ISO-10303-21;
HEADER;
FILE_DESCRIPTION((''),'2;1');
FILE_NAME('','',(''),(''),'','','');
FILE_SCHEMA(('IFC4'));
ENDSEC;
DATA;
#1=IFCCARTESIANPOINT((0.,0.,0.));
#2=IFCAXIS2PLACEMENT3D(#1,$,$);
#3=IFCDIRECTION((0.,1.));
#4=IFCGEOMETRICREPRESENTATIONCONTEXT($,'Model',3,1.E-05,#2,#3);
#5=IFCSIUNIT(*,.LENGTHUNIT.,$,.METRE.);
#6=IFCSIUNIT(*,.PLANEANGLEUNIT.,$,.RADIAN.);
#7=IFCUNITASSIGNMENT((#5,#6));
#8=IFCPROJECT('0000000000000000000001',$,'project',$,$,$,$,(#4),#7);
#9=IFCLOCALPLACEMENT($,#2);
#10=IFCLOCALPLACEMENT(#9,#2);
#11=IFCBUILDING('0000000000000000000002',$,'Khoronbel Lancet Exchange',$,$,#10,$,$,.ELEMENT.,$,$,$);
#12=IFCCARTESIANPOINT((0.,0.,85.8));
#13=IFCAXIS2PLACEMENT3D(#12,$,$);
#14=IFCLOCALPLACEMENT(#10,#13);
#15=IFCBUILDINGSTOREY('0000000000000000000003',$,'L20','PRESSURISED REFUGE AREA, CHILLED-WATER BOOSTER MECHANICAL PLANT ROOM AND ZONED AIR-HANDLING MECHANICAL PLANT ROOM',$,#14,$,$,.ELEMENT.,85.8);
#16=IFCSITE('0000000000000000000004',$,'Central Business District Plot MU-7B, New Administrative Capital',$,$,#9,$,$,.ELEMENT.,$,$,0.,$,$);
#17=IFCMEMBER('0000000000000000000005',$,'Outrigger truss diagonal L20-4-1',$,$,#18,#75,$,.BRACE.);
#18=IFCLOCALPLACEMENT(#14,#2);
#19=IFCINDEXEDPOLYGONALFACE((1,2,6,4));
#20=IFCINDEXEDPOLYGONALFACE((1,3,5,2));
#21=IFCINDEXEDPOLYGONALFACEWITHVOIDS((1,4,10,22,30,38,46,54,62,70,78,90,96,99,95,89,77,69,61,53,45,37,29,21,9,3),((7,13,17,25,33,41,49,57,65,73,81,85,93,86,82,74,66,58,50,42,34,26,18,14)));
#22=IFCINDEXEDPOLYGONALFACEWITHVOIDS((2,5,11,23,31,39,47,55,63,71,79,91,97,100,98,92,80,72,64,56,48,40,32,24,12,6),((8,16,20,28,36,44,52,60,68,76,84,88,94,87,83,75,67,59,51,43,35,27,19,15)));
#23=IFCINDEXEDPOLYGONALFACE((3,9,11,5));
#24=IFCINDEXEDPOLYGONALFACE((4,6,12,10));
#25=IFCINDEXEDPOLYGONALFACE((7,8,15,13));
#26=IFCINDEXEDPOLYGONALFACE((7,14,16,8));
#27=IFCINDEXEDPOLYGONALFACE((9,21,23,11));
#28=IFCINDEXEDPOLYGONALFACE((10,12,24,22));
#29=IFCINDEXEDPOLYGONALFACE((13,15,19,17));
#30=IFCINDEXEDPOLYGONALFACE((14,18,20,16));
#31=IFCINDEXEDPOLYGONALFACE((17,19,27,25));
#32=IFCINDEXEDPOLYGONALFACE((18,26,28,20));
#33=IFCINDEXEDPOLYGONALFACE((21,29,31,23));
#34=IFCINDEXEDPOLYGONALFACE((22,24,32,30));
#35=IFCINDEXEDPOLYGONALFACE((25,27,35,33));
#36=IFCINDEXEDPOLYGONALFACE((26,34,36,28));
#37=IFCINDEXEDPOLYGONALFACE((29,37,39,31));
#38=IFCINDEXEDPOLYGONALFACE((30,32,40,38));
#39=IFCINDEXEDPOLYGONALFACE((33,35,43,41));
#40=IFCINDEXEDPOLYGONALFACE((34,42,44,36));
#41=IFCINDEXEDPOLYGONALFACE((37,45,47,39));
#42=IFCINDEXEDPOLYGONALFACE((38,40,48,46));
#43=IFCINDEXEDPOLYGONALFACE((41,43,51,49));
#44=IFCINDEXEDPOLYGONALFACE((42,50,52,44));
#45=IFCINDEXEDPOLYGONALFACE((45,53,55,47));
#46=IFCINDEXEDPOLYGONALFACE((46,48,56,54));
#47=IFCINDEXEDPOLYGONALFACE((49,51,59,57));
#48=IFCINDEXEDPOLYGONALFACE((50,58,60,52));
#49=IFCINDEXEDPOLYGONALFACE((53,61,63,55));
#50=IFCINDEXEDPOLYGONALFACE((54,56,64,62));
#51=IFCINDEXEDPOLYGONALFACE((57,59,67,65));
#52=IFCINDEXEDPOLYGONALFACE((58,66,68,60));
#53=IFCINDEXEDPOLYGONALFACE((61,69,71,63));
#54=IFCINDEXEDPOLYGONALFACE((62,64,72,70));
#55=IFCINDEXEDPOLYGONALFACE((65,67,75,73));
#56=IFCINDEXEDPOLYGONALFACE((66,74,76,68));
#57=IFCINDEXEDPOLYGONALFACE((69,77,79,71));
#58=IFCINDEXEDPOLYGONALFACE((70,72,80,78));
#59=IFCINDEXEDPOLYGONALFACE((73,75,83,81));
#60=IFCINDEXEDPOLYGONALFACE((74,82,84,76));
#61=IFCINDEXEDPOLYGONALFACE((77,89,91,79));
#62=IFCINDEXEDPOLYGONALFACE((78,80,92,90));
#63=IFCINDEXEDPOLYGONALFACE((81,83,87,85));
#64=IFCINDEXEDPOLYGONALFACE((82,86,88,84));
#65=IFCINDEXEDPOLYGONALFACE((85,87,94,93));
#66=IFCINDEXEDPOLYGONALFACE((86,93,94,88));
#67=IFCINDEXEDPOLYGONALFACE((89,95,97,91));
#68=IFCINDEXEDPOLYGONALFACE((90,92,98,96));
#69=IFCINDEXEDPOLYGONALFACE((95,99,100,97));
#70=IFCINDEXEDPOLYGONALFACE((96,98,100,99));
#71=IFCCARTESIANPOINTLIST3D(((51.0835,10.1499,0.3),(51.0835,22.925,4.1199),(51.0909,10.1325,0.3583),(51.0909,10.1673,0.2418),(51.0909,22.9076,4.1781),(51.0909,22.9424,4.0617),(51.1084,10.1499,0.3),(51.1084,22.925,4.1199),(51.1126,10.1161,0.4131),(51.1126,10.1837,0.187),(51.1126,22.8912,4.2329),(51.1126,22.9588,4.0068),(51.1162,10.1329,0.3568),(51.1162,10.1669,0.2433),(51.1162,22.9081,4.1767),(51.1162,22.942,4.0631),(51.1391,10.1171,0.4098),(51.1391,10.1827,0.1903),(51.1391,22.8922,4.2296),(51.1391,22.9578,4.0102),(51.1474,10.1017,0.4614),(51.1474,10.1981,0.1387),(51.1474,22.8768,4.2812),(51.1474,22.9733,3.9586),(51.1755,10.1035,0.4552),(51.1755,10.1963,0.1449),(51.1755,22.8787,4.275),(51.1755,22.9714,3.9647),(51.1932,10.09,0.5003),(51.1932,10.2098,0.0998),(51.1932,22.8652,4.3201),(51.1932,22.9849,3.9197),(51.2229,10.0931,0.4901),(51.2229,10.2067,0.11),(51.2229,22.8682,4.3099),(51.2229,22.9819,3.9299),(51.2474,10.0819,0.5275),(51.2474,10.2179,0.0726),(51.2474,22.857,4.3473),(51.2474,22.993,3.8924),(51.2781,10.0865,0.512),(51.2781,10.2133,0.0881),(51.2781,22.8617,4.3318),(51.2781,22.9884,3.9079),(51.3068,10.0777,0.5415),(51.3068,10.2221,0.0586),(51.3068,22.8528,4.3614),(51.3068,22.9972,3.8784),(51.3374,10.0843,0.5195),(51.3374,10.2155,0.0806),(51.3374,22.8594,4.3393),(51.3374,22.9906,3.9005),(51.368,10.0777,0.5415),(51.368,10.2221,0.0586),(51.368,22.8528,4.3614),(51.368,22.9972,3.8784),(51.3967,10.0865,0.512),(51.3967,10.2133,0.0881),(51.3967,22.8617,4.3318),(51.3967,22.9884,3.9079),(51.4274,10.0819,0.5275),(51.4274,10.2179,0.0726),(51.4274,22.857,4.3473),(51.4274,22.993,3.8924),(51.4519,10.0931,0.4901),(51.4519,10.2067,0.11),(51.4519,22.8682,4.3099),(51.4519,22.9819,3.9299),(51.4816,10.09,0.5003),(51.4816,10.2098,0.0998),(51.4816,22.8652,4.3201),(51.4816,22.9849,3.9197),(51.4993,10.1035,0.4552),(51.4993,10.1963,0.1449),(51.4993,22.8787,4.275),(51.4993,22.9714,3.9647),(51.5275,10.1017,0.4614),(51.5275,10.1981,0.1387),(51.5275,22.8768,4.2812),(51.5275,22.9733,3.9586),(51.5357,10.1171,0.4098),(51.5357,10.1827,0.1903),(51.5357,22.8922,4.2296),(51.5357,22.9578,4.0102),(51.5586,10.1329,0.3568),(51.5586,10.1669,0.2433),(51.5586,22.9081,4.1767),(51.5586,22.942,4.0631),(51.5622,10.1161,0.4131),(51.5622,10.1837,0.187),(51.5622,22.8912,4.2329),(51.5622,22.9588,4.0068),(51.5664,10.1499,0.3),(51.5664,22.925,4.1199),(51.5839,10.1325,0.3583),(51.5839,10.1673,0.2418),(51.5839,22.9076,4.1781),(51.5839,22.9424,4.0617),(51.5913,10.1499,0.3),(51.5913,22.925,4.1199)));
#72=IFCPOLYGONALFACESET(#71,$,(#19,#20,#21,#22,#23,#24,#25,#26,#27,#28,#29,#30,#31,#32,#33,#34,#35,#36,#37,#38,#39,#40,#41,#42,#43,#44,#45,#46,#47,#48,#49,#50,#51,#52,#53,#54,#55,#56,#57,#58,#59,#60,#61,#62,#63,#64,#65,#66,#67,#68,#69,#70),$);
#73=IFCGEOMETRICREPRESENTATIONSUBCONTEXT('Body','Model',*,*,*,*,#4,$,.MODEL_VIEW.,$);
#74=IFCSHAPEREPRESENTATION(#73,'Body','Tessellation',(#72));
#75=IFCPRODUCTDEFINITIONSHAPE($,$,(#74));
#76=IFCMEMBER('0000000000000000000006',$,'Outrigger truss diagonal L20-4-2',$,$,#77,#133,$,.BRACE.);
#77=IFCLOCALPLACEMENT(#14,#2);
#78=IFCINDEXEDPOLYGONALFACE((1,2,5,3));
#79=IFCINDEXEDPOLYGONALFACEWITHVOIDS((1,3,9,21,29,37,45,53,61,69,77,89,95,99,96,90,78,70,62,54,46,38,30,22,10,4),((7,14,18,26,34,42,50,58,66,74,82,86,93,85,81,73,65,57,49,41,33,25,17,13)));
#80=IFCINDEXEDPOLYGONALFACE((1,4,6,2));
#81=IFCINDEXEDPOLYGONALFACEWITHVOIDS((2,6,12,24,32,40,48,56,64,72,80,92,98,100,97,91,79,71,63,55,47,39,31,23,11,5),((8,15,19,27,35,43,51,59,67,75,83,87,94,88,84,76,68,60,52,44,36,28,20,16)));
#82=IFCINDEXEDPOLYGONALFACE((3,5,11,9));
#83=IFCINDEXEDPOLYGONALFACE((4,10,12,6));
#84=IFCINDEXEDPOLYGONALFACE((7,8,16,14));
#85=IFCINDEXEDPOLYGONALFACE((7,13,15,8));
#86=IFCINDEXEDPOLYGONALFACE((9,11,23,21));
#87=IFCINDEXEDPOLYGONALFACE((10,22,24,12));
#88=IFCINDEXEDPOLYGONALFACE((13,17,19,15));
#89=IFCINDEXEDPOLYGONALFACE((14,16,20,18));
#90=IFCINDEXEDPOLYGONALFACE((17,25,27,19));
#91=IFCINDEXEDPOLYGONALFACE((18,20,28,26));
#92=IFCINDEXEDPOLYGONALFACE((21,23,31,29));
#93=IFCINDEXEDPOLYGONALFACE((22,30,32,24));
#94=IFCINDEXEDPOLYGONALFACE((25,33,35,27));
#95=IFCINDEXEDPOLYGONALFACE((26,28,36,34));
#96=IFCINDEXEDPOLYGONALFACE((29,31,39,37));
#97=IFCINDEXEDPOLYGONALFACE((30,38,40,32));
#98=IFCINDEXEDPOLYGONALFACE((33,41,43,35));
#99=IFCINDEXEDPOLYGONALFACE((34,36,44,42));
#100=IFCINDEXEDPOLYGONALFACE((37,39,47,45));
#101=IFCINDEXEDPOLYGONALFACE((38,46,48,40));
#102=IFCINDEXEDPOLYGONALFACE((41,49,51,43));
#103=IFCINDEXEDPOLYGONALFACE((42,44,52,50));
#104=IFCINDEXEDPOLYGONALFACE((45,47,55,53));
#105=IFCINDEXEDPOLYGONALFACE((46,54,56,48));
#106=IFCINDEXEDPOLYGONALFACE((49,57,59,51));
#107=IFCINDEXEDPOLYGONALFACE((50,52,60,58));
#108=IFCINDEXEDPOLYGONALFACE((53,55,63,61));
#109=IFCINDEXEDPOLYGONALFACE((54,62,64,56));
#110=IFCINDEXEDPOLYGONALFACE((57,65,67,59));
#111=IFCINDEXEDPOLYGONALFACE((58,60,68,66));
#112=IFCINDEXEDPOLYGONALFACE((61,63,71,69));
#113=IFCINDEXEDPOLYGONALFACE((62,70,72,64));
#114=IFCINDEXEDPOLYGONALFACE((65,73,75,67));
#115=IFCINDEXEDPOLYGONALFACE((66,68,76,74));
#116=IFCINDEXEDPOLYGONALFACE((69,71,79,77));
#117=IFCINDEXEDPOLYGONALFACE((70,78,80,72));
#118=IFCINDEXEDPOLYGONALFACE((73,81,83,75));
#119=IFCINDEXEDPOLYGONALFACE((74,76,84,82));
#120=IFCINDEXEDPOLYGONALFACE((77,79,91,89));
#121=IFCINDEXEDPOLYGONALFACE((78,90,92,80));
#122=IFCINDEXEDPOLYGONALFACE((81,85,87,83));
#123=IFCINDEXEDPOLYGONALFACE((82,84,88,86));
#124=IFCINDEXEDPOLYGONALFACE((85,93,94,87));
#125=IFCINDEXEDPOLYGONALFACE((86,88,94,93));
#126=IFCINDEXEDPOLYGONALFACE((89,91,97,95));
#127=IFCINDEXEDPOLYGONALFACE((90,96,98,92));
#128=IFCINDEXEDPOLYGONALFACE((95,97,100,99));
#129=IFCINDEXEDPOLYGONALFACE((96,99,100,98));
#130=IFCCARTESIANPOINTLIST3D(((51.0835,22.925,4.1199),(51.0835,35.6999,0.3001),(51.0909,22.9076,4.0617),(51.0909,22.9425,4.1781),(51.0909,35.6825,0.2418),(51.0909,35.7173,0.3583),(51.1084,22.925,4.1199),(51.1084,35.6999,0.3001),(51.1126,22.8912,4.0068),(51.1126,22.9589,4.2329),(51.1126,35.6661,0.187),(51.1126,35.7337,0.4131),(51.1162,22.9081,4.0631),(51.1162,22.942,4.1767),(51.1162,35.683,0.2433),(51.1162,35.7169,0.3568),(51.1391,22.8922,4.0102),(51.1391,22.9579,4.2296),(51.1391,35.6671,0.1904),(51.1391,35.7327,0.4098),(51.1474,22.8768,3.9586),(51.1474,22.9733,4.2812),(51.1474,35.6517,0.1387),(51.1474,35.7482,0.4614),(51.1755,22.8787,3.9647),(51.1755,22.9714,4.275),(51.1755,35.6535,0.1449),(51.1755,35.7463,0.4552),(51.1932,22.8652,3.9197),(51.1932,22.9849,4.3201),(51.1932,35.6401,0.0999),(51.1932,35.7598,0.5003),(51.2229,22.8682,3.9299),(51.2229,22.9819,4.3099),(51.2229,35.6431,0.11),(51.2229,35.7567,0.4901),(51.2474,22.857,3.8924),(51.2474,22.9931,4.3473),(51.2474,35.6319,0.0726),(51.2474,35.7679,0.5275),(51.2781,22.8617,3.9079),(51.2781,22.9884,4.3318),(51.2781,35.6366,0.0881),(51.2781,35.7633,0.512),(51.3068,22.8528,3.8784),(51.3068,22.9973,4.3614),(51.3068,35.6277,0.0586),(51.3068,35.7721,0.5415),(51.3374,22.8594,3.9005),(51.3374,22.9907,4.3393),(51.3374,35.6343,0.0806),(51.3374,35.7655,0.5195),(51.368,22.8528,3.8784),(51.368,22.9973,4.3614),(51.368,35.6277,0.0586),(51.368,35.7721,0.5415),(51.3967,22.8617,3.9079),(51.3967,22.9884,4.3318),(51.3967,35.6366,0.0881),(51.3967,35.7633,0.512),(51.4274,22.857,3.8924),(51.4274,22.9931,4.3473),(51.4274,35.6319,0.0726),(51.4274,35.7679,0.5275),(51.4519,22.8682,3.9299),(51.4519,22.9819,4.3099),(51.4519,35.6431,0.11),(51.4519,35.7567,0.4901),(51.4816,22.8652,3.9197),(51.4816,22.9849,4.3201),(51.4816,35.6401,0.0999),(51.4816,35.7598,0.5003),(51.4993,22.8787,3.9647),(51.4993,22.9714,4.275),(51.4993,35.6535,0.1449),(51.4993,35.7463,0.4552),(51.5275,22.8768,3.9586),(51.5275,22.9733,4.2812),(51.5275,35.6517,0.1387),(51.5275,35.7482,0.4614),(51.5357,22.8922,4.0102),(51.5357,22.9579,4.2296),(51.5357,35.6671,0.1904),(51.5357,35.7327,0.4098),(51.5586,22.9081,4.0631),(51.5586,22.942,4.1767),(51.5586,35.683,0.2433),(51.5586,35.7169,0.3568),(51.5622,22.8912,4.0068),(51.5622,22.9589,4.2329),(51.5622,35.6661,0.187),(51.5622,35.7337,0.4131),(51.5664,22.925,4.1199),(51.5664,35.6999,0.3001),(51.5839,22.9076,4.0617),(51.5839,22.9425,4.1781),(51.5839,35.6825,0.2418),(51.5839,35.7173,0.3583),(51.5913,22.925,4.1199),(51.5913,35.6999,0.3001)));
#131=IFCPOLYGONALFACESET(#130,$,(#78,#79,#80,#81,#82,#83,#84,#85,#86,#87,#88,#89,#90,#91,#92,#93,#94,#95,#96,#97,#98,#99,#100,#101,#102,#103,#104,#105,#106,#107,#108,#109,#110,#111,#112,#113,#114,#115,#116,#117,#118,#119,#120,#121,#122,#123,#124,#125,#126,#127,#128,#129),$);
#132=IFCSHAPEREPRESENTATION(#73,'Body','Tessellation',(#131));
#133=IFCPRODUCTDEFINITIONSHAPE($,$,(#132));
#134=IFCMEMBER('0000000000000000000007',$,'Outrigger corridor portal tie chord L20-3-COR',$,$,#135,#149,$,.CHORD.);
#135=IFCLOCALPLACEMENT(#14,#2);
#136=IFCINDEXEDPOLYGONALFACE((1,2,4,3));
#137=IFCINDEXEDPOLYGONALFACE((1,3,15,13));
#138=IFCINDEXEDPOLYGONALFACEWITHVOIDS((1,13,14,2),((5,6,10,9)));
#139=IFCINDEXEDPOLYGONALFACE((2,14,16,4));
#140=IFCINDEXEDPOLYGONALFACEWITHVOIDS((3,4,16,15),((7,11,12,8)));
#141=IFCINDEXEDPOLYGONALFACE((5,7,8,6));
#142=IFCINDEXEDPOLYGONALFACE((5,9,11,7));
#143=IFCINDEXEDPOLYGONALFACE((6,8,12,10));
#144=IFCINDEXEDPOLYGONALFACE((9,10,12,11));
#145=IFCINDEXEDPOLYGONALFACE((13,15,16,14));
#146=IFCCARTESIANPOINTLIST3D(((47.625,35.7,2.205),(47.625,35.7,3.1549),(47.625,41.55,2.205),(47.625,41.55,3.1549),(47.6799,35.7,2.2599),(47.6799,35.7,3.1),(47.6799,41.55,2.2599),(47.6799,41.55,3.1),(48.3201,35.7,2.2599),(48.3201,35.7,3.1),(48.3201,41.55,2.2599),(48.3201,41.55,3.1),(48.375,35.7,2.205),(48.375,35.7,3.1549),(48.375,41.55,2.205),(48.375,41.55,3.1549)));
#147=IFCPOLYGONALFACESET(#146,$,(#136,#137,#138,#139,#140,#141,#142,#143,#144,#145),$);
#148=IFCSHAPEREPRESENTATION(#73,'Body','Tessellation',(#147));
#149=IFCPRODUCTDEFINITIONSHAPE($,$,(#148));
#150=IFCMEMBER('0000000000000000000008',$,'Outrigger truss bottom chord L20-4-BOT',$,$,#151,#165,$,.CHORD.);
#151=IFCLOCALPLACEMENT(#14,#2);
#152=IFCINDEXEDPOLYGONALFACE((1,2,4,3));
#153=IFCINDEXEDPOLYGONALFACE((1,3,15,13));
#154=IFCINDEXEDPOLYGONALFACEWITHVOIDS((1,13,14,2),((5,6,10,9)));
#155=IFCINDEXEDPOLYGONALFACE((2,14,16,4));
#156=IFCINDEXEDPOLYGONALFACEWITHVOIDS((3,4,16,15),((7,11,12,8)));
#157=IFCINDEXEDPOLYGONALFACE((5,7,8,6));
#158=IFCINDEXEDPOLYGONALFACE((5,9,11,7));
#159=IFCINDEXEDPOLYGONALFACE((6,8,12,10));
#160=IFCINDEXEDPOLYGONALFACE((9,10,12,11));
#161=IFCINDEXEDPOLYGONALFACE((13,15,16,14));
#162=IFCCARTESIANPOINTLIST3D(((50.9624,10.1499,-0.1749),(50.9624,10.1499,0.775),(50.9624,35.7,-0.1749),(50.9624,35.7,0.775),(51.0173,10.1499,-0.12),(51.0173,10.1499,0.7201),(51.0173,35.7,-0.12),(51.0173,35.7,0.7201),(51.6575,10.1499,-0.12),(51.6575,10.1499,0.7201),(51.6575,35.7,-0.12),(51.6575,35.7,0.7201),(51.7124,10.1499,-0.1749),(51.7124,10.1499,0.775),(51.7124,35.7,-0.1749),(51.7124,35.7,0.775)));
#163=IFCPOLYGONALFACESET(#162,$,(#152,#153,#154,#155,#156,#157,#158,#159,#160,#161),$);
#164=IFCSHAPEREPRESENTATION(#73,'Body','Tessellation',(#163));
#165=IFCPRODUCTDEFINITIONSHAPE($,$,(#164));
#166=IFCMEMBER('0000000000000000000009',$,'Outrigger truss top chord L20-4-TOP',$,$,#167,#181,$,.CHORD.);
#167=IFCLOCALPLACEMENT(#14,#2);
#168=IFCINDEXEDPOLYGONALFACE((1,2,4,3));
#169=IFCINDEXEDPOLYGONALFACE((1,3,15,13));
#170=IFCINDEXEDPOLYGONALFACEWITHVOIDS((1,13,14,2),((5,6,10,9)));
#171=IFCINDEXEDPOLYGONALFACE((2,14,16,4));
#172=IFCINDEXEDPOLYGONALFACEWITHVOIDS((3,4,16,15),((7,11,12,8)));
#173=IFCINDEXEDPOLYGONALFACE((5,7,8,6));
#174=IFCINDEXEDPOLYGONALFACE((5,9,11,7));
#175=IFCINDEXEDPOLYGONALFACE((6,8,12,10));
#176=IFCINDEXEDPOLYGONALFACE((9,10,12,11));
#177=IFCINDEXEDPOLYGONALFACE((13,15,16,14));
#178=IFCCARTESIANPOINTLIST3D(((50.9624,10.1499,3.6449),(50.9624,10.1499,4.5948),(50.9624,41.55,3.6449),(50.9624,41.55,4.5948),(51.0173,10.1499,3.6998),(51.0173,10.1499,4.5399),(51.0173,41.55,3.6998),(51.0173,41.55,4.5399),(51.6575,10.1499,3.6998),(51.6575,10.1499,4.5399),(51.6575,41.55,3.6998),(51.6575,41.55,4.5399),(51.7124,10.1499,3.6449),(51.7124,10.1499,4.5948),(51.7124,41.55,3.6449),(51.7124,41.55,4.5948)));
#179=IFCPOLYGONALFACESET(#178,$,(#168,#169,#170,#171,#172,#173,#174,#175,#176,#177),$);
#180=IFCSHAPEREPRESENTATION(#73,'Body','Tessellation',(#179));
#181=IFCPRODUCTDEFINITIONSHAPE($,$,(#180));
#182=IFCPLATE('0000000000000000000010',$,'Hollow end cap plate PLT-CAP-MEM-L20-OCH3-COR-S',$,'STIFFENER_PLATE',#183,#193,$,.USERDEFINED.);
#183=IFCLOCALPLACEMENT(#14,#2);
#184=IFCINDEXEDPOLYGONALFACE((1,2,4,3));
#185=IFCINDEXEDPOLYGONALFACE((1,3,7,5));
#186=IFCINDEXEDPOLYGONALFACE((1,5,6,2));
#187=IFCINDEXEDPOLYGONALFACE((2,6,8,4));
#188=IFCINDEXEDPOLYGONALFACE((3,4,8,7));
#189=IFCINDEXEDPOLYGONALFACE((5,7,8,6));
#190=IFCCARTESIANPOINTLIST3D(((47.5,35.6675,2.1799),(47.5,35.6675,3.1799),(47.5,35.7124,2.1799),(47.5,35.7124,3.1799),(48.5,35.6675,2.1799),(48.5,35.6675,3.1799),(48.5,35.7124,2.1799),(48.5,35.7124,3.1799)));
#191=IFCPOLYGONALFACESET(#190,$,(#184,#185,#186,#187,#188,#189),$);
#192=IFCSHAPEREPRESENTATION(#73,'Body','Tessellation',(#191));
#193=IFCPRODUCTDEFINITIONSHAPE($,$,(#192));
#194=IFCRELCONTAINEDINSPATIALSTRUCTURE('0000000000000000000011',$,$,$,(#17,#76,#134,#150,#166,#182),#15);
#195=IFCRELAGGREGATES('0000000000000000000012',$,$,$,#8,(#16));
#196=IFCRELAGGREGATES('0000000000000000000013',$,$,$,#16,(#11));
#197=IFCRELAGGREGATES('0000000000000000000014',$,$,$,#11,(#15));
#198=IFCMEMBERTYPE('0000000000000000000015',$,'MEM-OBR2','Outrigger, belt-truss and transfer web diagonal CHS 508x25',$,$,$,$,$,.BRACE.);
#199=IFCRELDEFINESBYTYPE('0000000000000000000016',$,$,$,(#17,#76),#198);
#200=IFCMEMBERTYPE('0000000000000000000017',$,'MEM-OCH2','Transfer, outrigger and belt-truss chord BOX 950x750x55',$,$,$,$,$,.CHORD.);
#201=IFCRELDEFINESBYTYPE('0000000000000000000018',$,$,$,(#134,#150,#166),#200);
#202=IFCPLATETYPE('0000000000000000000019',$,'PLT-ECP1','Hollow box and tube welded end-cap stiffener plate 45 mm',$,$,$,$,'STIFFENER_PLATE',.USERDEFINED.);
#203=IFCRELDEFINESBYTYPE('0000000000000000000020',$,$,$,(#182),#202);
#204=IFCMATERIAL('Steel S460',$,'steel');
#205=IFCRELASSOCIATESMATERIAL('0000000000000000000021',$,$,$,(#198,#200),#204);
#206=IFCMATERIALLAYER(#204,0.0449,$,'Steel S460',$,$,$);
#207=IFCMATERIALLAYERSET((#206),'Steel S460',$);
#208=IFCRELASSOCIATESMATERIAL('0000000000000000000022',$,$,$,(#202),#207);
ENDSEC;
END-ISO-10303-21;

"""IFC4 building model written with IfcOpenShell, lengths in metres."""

from ifc_helpers import new_model, si_unit, direction, frame, origin, origin_2d, place, context, subcontext, project, spatial, rectangle, hollow_rectangle, hollow_circle, extrude, material, layer, layer_set, material_profile, profile_set, type_object, element, save


model = new_model("IFC4")

# Units and contexts
model_context = context("Model", 3, precision=1e-05, world=origin(), true_north=direction((0.0, 1.0)))
body_context = subcontext(model_context, "Body", "Model", "MODEL_VIEW")
ifc_project = project(units=[si_unit("LENGTHUNIT", "METRE"), si_unit("PLANEANGLEUNIT", "RADIAN")], contexts=[model_context])

# Site, building, storey
site_placement = place(None, origin())
site = spatial("IfcSite", under=ifc_project, at=site_placement, Name="Central Business District Plot MU-7B, New Administrative Capital", CompositionType="ELEMENT", RefElevation=0.0)
building_placement = place(site_placement, origin())
building = spatial("IfcBuilding", under=site, at=building_placement, Name="Khoronbel Lancet Exchange", CompositionType="ELEMENT")
storey_placement = place(building_placement, frame((0.0, 0.0, 85.8)))
storey = spatial("IfcBuildingStorey", under=building, at=storey_placement, Name="L20", Description="PRESSURISED REFUGE AREA, CHILLED-WATER BOOSTER MECHANICAL PLANT ROOM AND ZONED AIR-HANDLING MECHANICAL PLANT ROOM", CompositionType="ELEMENT", Elevation=85.8)

# Shared definitions
ifc_material_1 = material(Name="Steel S460", Category="steel")

# Members
ifc_material_profile_1 = material_profile(ifc_material_1, hollow_circle(Radius=0.2539, WallThickness=0.0249, at=origin_2d()), Name="CHS 508x25")
ifc_profile_set_1 = profile_set([ifc_material_profile_1], Name="Steel S460")
member_type_1 = type_object("IfcMemberType", Name="MEM-OBR2", Description="Outrigger, belt-truss and transfer web diagonal CHS 508x25", PredefinedType="BRACE", material=ifc_profile_set_1)
member_1_placement = place(storey_placement, frame((51.3374, 10.1499, 0.3), z_axis=(0.0, 0.958088, 0.286473), x_axis=(-1.0, 0.0, 0.0)))
element("IfcMember", 1, at=member_1_placement, inside=storey, type_object=member_type_1, Name="Outrigger truss diagonal L20-4-1", PredefinedType="BRACE", context=body_context, shape_type="SweptSolid", body=[
    extrude(hollow_circle(Radius=0.2539, WallThickness=0.0249, at=origin_2d()), origin(), (0.0, 0.0, 1.0), 13.334),
])
member_2_placement = place(storey_placement, frame((51.3374, 22.925, 4.1199), z_axis=(0.0, 0.958087, -0.286478), x_axis=(-1.0, 0.0, 0.0)))
element("IfcMember", 2, at=member_2_placement, inside=storey, type_object=member_type_1, Name="Outrigger truss diagonal L20-4-2", PredefinedType="BRACE", context=body_context, shape_type="SweptSolid", body=[
    extrude(hollow_circle(Radius=0.2539, WallThickness=0.0249, at=origin_2d()), origin(), (0.0, 0.0, 1.0), 13.3337),
])
ifc_material_profile_2 = material_profile(ifc_material_1, hollow_rectangle(XDim=0.75, YDim=0.95, WallThickness=0.0549, at=origin_2d()), Name="BOX 950x750x55")
ifc_profile_set_2 = profile_set([ifc_material_profile_2], Name="Steel S460")
member_type_2 = type_object("IfcMemberType", Name="MEM-OCH2", Description="Transfer, outrigger and belt-truss chord BOX 950x750x55", PredefinedType="CHORD", material=ifc_profile_set_2)
member_3_placement = place(storey_placement, frame((48.0, 35.7, 2.6799), z_axis=(0.0, 1.0, 0.0), x_axis=(-1.0, 0.0, 0.0)))
element("IfcMember", 3, at=member_3_placement, inside=storey, type_object=member_type_2, Name="Outrigger corridor portal tie chord L20-3-COR", PredefinedType="CHORD", context=body_context, shape_type="SweptSolid", body=[
    extrude(hollow_rectangle(XDim=0.75, YDim=0.95, WallThickness=0.0549, at=origin_2d()), origin(), (0.0, 0.0, 1.0), 5.8501),
])
member_4_placement = place(storey_placement, frame((51.3374, 10.1499, 0.3), z_axis=(0.0, 1.0, 0.0), x_axis=(-1.0, 0.0, 0.0)))
element("IfcMember", 4, at=member_4_placement, inside=storey, type_object=member_type_2, Name="Outrigger truss bottom chord L20-4-BOT", PredefinedType="CHORD", context=body_context, shape_type="SweptSolid", body=[
    extrude(hollow_rectangle(XDim=0.75, YDim=0.95, WallThickness=0.0549, at=origin_2d()), origin(), (0.0, 0.0, 1.0), 25.55),
])
member_5_placement = place(storey_placement, frame((51.3374, 10.1499, 4.1199), z_axis=(0.0, 1.0, 0.0), x_axis=(-1.0, 0.0, 0.0)))
element("IfcMember", 5, at=member_5_placement, inside=storey, type_object=member_type_2, Name="Outrigger truss top chord L20-4-TOP", PredefinedType="CHORD", context=body_context, shape_type="SweptSolid", body=[
    extrude(hollow_rectangle(XDim=0.75, YDim=0.95, WallThickness=0.0549, at=origin_2d()), origin(), (0.0, 0.0, 1.0), 31.4001),
])

# Plate
ifc_layer_1 = layer(ifc_material_1, 0.0449, Name="Steel S460")
ifc_layer_set_1 = layer_set([ifc_layer_1], Name="Steel S460")
plate_type_1 = type_object("IfcPlateType", Name="PLT-ECP1", Description="Hollow box and tube welded end-cap stiffener plate 45 mm", ElementType="STIFFENER_PLATE", PredefinedType="USERDEFINED", material=ifc_layer_set_1)
plate_1_placement = place(storey_placement, frame((48.0, 35.6899, 2.1799), z_axis=(0.0, 0.0, 1.0), x_axis=(0.0, -1.0, 0.0)))
element("IfcPlate", 6, at=plate_1_placement, inside=storey, type_object=plate_type_1, Name="Hollow end cap plate PLT-CAP-MEM-L20-OCH3-COR-S", ObjectType="STIFFENER_PLATE", PredefinedType="USERDEFINED", context=body_context, shape_type="SweptSolid", body=[
    extrude(rectangle(XDim=0.0449, YDim=1.0, at=origin_2d()), origin(), (0.0, 0.0, 1.0), 1.0),
])

save(model, "model.ifc")
